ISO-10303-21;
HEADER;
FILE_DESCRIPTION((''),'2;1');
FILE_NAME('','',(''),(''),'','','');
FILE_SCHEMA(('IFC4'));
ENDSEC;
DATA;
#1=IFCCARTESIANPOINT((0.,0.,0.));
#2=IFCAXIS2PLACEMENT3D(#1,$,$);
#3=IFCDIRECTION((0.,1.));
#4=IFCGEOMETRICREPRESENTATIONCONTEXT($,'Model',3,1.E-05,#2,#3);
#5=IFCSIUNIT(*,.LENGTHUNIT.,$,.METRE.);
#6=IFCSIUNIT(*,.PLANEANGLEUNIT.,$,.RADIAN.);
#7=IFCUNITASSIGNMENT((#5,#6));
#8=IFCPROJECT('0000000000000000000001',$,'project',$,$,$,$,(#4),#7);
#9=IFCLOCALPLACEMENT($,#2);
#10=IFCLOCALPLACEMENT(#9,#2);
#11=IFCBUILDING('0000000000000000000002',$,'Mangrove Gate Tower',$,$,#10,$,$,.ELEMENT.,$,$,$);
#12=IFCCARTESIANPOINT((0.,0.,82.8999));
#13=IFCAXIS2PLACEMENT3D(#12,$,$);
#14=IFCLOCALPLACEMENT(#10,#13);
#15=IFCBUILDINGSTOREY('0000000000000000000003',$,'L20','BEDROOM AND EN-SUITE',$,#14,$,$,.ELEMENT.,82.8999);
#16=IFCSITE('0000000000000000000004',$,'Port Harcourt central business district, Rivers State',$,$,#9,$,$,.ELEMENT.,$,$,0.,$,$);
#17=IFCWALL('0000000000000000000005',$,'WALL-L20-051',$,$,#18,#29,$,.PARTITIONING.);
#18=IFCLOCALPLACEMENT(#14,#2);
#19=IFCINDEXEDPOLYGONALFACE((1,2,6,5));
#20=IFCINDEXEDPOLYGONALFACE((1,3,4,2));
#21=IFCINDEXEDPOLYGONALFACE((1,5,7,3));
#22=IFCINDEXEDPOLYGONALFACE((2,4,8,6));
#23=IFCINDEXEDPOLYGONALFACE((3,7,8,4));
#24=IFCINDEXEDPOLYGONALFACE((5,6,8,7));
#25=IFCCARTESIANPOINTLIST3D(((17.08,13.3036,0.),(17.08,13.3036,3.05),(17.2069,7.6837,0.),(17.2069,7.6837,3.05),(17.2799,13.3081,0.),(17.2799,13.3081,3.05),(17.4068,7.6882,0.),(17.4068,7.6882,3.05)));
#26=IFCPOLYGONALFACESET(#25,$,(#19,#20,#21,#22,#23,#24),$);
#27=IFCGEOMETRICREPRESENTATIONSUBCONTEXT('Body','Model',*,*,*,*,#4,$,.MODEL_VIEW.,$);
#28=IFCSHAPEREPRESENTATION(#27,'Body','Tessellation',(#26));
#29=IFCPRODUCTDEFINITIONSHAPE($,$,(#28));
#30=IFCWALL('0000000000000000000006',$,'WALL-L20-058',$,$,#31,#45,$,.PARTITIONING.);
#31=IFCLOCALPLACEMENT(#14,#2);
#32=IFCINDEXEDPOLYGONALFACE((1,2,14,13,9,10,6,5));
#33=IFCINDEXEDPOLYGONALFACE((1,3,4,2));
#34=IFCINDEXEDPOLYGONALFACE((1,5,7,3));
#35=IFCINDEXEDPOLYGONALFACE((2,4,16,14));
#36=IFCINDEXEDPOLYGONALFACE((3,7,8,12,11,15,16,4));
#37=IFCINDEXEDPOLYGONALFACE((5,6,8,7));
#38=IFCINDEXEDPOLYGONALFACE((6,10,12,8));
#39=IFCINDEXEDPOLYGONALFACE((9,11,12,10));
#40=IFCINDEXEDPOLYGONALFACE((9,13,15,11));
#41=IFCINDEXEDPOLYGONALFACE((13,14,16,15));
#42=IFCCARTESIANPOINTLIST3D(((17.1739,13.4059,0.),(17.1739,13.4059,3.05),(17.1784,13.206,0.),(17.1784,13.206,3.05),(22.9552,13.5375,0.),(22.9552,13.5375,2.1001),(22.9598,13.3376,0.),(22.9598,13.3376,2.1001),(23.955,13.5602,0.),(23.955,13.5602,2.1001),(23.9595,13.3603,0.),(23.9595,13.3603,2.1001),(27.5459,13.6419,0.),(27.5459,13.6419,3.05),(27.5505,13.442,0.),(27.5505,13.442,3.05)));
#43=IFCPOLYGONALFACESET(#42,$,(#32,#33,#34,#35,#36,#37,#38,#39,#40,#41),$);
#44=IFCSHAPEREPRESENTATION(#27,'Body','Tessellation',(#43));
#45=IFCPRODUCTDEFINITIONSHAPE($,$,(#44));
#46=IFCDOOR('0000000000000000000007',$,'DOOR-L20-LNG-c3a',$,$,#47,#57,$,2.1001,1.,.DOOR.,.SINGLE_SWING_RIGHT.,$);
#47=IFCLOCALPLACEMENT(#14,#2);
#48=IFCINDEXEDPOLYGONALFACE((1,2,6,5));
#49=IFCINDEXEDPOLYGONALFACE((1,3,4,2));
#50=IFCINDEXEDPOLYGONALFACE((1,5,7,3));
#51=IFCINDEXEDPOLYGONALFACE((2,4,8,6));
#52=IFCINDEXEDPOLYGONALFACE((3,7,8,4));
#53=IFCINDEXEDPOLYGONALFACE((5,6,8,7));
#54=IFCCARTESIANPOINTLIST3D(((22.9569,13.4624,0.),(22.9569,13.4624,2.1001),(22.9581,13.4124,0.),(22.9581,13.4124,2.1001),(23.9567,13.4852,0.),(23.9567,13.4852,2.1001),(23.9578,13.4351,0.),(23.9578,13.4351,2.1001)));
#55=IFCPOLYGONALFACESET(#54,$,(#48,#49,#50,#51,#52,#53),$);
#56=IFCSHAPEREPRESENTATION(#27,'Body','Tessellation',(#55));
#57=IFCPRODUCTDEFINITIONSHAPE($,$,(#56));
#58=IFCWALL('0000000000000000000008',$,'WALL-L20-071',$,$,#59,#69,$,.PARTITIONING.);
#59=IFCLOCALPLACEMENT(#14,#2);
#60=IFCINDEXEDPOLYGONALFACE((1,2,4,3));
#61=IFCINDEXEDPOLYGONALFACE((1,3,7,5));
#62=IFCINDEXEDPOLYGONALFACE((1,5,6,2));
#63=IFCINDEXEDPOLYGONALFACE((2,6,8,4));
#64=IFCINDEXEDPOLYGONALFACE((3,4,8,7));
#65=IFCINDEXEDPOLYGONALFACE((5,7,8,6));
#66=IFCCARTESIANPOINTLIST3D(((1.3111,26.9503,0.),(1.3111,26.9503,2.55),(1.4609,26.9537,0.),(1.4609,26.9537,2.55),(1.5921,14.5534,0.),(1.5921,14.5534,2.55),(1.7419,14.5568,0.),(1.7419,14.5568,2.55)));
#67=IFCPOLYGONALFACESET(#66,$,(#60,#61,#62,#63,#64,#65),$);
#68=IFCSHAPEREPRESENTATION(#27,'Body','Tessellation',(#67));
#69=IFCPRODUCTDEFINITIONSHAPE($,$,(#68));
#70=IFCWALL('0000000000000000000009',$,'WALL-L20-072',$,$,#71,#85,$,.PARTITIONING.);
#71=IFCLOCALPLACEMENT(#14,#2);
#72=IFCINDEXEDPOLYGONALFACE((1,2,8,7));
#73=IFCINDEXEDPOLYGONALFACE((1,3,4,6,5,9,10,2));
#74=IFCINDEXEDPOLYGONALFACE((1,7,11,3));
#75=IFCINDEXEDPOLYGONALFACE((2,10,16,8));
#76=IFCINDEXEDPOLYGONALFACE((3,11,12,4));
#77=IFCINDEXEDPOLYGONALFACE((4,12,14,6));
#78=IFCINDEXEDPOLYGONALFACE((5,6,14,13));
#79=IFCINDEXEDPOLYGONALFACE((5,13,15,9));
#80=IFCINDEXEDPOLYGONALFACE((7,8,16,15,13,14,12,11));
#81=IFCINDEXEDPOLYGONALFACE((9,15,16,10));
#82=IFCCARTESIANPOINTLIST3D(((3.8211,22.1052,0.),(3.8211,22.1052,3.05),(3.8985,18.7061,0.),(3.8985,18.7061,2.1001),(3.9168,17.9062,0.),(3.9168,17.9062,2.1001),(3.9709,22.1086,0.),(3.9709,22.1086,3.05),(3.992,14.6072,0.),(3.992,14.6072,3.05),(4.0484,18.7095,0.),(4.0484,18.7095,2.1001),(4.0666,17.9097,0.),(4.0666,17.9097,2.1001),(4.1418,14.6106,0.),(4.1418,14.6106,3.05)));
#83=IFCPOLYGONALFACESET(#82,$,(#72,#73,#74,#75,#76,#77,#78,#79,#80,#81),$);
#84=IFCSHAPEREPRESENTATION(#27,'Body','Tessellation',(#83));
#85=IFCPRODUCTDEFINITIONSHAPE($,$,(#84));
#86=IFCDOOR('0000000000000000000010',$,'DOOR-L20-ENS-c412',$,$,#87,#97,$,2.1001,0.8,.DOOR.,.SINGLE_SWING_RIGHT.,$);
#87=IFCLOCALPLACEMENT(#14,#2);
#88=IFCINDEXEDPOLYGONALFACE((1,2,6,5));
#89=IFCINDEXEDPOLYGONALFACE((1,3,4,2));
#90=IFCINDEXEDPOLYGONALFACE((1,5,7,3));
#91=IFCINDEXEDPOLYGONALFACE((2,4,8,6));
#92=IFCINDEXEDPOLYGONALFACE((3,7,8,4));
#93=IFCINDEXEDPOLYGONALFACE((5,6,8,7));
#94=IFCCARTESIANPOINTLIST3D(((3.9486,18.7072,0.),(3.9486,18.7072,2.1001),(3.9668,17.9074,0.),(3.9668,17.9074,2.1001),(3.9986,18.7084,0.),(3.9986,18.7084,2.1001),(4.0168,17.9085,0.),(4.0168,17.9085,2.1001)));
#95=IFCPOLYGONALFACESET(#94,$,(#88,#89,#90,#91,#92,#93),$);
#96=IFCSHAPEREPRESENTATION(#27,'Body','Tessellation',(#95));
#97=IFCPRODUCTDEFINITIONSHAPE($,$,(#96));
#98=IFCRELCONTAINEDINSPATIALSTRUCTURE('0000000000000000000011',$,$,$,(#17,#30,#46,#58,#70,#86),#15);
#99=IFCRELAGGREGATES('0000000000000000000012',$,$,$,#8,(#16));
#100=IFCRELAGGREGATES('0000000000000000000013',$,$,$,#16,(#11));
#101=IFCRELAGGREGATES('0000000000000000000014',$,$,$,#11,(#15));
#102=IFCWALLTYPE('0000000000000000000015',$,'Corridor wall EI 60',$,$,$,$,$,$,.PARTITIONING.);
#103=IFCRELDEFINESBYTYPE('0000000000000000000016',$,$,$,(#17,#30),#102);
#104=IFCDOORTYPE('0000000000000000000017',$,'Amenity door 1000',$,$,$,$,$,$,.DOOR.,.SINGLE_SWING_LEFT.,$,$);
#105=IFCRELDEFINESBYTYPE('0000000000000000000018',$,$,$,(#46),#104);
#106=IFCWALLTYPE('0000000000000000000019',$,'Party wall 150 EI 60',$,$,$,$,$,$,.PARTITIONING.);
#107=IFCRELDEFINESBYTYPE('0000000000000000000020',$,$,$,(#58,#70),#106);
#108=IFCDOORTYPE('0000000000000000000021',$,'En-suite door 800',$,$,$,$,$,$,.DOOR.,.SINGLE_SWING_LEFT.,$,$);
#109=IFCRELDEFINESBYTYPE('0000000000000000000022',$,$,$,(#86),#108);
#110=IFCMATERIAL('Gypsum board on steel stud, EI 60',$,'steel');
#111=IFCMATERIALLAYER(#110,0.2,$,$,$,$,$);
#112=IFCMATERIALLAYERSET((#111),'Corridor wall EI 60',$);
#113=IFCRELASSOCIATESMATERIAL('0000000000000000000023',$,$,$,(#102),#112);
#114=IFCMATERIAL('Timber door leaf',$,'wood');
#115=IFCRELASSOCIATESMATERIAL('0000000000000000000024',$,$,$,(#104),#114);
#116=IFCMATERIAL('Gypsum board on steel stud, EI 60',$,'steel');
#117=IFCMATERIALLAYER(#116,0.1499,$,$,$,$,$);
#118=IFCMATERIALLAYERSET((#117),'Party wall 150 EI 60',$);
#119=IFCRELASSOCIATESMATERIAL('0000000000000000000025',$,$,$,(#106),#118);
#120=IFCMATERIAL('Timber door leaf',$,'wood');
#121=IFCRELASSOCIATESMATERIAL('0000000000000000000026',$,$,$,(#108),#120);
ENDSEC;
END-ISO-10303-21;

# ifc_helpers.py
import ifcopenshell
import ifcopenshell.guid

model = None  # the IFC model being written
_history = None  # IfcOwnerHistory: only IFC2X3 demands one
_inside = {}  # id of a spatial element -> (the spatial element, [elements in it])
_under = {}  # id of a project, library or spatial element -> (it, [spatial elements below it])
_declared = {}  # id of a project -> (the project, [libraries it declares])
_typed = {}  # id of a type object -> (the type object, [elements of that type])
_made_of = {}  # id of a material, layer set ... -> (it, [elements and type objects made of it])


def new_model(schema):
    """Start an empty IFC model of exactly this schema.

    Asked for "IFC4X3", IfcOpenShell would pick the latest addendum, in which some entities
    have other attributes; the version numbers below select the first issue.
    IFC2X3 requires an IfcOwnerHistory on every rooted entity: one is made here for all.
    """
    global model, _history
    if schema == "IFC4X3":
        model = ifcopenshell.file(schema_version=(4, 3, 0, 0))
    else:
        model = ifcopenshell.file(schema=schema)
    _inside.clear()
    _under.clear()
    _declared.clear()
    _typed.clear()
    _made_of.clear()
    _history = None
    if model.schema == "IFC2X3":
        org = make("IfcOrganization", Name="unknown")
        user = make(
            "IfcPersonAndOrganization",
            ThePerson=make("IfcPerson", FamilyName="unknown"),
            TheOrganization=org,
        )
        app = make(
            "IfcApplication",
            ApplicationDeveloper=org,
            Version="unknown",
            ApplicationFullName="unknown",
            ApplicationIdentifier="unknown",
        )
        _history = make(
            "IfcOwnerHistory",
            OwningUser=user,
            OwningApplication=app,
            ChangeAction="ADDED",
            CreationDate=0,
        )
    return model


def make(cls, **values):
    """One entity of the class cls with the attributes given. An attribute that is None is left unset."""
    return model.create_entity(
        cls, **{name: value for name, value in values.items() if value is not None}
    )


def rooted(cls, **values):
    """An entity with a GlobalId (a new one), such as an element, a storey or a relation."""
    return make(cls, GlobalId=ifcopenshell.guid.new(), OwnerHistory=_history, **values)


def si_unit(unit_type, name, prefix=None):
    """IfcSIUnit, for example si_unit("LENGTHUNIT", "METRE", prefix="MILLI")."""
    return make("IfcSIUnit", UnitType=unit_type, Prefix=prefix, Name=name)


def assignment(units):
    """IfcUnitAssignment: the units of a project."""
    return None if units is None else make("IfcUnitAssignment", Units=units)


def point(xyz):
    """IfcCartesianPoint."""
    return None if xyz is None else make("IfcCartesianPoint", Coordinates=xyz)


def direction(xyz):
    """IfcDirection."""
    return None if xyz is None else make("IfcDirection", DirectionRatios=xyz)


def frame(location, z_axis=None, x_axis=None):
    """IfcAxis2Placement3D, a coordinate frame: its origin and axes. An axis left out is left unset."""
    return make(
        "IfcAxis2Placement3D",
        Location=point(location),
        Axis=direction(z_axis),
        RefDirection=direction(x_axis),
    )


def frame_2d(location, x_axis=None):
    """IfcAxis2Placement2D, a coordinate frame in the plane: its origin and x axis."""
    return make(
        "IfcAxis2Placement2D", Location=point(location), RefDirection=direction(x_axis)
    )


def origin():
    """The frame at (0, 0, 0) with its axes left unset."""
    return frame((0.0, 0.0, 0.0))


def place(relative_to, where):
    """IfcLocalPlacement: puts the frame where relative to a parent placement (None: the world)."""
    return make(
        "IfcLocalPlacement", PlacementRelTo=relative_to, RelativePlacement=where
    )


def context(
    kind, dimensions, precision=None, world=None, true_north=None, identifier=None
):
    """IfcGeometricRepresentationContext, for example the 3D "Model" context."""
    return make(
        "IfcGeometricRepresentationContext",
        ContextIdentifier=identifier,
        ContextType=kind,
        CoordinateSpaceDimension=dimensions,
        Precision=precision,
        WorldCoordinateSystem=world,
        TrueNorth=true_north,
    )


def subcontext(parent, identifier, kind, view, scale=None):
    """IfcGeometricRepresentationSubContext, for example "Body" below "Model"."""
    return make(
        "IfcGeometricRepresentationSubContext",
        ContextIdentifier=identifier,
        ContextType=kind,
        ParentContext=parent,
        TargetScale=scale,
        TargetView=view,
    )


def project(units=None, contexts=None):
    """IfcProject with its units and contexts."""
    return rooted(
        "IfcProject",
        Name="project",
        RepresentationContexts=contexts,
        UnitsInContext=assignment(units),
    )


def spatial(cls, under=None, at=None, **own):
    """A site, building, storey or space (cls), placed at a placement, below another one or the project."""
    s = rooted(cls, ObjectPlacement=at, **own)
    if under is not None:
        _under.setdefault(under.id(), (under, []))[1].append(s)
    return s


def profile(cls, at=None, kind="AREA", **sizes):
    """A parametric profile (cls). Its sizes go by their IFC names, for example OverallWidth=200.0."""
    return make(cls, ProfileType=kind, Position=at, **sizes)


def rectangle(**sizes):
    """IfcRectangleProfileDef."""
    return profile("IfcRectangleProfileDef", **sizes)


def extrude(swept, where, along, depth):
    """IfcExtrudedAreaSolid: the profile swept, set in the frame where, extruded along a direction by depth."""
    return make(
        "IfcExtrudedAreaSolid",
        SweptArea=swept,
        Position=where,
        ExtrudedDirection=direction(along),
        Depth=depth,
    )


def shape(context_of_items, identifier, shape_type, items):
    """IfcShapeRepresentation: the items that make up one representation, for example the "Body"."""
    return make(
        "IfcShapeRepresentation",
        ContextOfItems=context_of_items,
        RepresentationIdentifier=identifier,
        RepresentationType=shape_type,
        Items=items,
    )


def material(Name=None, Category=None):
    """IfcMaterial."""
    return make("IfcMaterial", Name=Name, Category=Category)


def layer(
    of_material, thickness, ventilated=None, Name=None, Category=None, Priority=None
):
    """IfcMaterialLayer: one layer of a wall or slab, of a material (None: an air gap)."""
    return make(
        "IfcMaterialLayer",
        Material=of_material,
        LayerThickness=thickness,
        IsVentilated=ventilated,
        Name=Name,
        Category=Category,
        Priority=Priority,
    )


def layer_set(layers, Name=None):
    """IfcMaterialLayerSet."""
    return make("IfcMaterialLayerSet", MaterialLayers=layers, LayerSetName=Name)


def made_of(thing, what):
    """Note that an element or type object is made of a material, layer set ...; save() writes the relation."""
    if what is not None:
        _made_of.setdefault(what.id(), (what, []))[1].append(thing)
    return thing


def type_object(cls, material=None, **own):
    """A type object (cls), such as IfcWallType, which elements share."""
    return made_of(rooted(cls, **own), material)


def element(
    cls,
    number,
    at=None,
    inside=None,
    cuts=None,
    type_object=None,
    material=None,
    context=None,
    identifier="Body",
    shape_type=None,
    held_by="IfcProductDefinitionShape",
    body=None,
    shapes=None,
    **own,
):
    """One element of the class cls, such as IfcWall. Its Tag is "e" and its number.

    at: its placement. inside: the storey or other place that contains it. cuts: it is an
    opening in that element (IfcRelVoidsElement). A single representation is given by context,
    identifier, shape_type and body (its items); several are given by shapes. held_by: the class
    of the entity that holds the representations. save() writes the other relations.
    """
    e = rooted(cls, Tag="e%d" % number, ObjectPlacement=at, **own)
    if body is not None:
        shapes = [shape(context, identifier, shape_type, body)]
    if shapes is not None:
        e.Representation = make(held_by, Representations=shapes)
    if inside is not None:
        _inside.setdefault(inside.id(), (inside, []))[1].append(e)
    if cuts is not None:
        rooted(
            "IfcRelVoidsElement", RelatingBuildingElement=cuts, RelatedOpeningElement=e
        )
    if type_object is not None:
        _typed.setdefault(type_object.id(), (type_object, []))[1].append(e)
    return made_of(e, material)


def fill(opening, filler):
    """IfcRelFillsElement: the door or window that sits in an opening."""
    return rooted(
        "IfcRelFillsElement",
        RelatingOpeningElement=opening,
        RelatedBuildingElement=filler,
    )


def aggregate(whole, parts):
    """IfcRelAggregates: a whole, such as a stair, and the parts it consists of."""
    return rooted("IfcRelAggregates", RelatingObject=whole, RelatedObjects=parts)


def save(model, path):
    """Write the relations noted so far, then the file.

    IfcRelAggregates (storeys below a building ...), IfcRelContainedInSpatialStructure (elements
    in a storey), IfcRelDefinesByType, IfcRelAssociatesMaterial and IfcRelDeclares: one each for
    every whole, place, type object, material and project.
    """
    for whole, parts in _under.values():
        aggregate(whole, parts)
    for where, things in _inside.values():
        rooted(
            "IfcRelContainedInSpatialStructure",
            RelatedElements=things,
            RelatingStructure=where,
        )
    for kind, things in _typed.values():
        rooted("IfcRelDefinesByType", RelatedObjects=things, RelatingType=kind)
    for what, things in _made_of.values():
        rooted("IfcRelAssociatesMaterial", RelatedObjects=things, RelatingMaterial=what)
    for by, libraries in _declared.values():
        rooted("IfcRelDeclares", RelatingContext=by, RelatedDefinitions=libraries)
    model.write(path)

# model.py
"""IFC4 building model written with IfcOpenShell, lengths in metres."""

from ifc_helpers import new_model, si_unit, direction, frame, frame_2d, origin, place, context, subcontext, project, spatial, rectangle, extrude, material, layer, layer_set, type_object, element, fill, save


model = new_model("IFC4")

# Units and contexts
model_context = context("Model", 3, precision=1e-05, world=origin(), true_north=direction((0.0, 1.0)))
body_context = subcontext(model_context, "Body", "Model", "MODEL_VIEW")
ifc_project = project(units=[si_unit("LENGTHUNIT", "METRE"), si_unit("PLANEANGLEUNIT", "RADIAN")], contexts=[model_context])

# Site, building, storey
site_placement = place(None, origin())
site = spatial("IfcSite", under=ifc_project, at=site_placement, Name="Port Harcourt central business district, Rivers State", CompositionType="ELEMENT", RefElevation=0.0)
building_placement = place(site_placement, origin())
building = spatial("IfcBuilding", under=site, at=building_placement, Name="Mangrove Gate Tower", CompositionType="ELEMENT")
storey_placement = place(building_placement, frame((0.0, 0.0, 82.8999)))
storey = spatial("IfcBuildingStorey", under=building, at=storey_placement, Name="L20", Description="BEDROOM AND EN-SUITE", CompositionType="ELEMENT", Elevation=82.8999)

# Wall
ifc_material_1 = material(Name="Gypsum board on steel stud, EI 60", Category="steel")
ifc_layer_1 = layer(ifc_material_1, 0.2)
ifc_layer_set_1 = layer_set([ifc_layer_1], Name="Corridor wall EI 60")
wall_type_1 = type_object("IfcWallType", Name="Corridor wall EI 60", PredefinedType="PARTITIONING", material=ifc_layer_set_1)
wall_1_placement = place(storey_placement, frame((17.3069, 7.686, 0.0), z_axis=(0.0, 0.0, 1.0), x_axis=(-0.022584, 0.999745, 0.0)))
element("IfcWall", 1, at=wall_1_placement, inside=storey, type_object=wall_type_1, Name="WALL-L20-051", PredefinedType="PARTITIONING", context=body_context, shape_type="SweptSolid", body=[
    extrude(rectangle(XDim=5.6213, YDim=0.2, at=frame_2d((2.8105, 0.0))), origin(), (0.0, 0.0, 1.0), 3.05),
])

# Wall, opening, door
wall_2_placement = place(storey_placement, frame((17.176, 13.3059, 0.0), z_axis=(0.0, 0.0, 1.0), x_axis=(0.999741, 0.022756, 0.0)))
wall_2 = element("IfcWall", 2, at=wall_2_placement, inside=storey, type_object=wall_type_1, Name="WALL-L20-058", PredefinedType="PARTITIONING", context=body_context, shape_type="SweptSolid", body=[
    extrude(rectangle(XDim=10.3748, YDim=0.2, at=frame_2d((5.1875, 0.0))), origin(), (0.0, 0.0, 1.0), 3.05),
])
opening_1_placement = place(wall_2_placement, frame((5.783, 0.0, 0.0)))
opening_1 = element("IfcOpeningElement", 3, at=opening_1_placement, cuts=wall_2, PredefinedType="OPENING", context=body_context, shape_type="SweptSolid", body=[
    extrude(rectangle(XDim=1.0, YDim=2.1001, at=frame_2d((0.5, 1.05))), frame((0.0, 0.1099, 0.0), z_axis=(0.0, -1.0, 0.0), x_axis=(1.0, 0.0, 0.0)), (0.0, 0.0, 1.0), 0.22),
])
ifc_material_2 = material(Name="Timber door leaf", Category="wood")
door_type_1 = type_object("IfcDoorType", Name="Amenity door 1000", OperationType="SINGLE_SWING_LEFT", PredefinedType="DOOR", material=ifc_material_2)
door_1_placement = place(opening_1_placement, origin())
door_1 = element("IfcDoor", 4, at=door_1_placement, inside=storey, type_object=door_type_1, Name="DOOR-L20-LNG-c3a", OperationType="SINGLE_SWING_RIGHT", OverallHeight=2.1001, OverallWidth=1.0, PredefinedType="DOOR", context=body_context, shape_type="SweptSolid", body=[
    extrude(rectangle(XDim=1.0, YDim=2.1001, at=frame_2d((0.5, 1.05))), frame((0.0, 0.0249, 0.0), z_axis=(0.0, -1.0, 0.0), x_axis=(1.0, 0.0, 0.0)), (0.0, 0.0, 1.0), 0.05),
])
fill(opening_1, door_1)

# Wall
ifc_material_3 = material(Name="Gypsum board on steel stud, EI 60", Category="steel")
ifc_layer_2 = layer(ifc_material_3, 0.1499)
ifc_layer_set_2 = layer_set([ifc_layer_2], Name="Party wall 150 EI 60")
wall_type_2 = type_object("IfcWallType", Name="Party wall 150 EI 60", PredefinedType="PARTITIONING", material=ifc_layer_set_2)
wall_3_placement = place(storey_placement, frame((1.667, 14.5549, 0.0), z_axis=(0.0, 0.0, 1.0), x_axis=(-0.022661, 0.999743, 0.0)))
element("IfcWall", 5, at=wall_3_placement, inside=storey, type_object=wall_type_2, Name="WALL-L20-071", PredefinedType="PARTITIONING", context=body_context, shape_type="SweptSolid", body=[
    extrude(rectangle(XDim=12.4001, YDim=0.1499, at=frame_2d((6.2002, 0.0))), origin(), (0.0, 0.0, 1.0), 2.55),
])

# Wall, opening, door
wall_4_placement = place(storey_placement, frame((4.0669, 14.6089, 0.0), z_axis=(0.0, 0.0, 1.0), x_axis=(-0.022786, 0.99974, 0.0)))
wall_4 = element("IfcWall", 6, at=wall_4_placement, inside=storey, type_object=wall_type_2, Name="WALL-L20-072", PredefinedType="PARTITIONING", context=body_context, shape_type="SweptSolid", body=[
    extrude(rectangle(XDim=7.5, YDim=0.1499, at=frame_2d((3.75, 0.0))), origin(), (0.0, 0.0, 1.0), 3.05),
])
opening_2_placement = place(wall_4_placement, frame((3.3, 0.0, 0.0)))
opening_2 = element("IfcOpeningElement", 7, at=opening_2_placement, cuts=wall_4, PredefinedType="OPENING", context=body_context, shape_type="SweptSolid", body=[
    extrude(rectangle(XDim=0.8, YDim=2.1001, at=frame_2d((0.3999, 1.05))), frame((0.0, 0.085, 0.0), z_axis=(0.0, -1.0, 0.0), x_axis=(1.0, 0.0, 0.0)), (0.0, 0.0, 1.0), 0.1699),
])
ifc_material_4 = material(Name="Timber door leaf", Category="wood")
door_type_2 = type_object("IfcDoorType", Name="En-suite door 800", OperationType="SINGLE_SWING_LEFT", PredefinedType="DOOR", material=ifc_material_4)
door_2_placement = place(opening_2_placement, origin())
door_2 = element("IfcDoor", 8, at=door_2_placement, inside=storey, type_object=door_type_2, Name="DOOR-L20-ENS-c412", OperationType="SINGLE_SWING_RIGHT", OverallHeight=2.1001, OverallWidth=0.8, PredefinedType="DOOR", context=body_context, shape_type="SweptSolid", body=[
    extrude(rectangle(XDim=0.8, YDim=2.1001, at=frame_2d((0.3999, 1.05))), frame((0.0, 0.0249, 0.0), z_axis=(0.0, -1.0, 0.0), x_axis=(1.0, 0.0, 0.0)), (0.0, 0.0, 1.0), 0.05),
])
fill(opening_2, door_2)

save(model, "model.ifc")
